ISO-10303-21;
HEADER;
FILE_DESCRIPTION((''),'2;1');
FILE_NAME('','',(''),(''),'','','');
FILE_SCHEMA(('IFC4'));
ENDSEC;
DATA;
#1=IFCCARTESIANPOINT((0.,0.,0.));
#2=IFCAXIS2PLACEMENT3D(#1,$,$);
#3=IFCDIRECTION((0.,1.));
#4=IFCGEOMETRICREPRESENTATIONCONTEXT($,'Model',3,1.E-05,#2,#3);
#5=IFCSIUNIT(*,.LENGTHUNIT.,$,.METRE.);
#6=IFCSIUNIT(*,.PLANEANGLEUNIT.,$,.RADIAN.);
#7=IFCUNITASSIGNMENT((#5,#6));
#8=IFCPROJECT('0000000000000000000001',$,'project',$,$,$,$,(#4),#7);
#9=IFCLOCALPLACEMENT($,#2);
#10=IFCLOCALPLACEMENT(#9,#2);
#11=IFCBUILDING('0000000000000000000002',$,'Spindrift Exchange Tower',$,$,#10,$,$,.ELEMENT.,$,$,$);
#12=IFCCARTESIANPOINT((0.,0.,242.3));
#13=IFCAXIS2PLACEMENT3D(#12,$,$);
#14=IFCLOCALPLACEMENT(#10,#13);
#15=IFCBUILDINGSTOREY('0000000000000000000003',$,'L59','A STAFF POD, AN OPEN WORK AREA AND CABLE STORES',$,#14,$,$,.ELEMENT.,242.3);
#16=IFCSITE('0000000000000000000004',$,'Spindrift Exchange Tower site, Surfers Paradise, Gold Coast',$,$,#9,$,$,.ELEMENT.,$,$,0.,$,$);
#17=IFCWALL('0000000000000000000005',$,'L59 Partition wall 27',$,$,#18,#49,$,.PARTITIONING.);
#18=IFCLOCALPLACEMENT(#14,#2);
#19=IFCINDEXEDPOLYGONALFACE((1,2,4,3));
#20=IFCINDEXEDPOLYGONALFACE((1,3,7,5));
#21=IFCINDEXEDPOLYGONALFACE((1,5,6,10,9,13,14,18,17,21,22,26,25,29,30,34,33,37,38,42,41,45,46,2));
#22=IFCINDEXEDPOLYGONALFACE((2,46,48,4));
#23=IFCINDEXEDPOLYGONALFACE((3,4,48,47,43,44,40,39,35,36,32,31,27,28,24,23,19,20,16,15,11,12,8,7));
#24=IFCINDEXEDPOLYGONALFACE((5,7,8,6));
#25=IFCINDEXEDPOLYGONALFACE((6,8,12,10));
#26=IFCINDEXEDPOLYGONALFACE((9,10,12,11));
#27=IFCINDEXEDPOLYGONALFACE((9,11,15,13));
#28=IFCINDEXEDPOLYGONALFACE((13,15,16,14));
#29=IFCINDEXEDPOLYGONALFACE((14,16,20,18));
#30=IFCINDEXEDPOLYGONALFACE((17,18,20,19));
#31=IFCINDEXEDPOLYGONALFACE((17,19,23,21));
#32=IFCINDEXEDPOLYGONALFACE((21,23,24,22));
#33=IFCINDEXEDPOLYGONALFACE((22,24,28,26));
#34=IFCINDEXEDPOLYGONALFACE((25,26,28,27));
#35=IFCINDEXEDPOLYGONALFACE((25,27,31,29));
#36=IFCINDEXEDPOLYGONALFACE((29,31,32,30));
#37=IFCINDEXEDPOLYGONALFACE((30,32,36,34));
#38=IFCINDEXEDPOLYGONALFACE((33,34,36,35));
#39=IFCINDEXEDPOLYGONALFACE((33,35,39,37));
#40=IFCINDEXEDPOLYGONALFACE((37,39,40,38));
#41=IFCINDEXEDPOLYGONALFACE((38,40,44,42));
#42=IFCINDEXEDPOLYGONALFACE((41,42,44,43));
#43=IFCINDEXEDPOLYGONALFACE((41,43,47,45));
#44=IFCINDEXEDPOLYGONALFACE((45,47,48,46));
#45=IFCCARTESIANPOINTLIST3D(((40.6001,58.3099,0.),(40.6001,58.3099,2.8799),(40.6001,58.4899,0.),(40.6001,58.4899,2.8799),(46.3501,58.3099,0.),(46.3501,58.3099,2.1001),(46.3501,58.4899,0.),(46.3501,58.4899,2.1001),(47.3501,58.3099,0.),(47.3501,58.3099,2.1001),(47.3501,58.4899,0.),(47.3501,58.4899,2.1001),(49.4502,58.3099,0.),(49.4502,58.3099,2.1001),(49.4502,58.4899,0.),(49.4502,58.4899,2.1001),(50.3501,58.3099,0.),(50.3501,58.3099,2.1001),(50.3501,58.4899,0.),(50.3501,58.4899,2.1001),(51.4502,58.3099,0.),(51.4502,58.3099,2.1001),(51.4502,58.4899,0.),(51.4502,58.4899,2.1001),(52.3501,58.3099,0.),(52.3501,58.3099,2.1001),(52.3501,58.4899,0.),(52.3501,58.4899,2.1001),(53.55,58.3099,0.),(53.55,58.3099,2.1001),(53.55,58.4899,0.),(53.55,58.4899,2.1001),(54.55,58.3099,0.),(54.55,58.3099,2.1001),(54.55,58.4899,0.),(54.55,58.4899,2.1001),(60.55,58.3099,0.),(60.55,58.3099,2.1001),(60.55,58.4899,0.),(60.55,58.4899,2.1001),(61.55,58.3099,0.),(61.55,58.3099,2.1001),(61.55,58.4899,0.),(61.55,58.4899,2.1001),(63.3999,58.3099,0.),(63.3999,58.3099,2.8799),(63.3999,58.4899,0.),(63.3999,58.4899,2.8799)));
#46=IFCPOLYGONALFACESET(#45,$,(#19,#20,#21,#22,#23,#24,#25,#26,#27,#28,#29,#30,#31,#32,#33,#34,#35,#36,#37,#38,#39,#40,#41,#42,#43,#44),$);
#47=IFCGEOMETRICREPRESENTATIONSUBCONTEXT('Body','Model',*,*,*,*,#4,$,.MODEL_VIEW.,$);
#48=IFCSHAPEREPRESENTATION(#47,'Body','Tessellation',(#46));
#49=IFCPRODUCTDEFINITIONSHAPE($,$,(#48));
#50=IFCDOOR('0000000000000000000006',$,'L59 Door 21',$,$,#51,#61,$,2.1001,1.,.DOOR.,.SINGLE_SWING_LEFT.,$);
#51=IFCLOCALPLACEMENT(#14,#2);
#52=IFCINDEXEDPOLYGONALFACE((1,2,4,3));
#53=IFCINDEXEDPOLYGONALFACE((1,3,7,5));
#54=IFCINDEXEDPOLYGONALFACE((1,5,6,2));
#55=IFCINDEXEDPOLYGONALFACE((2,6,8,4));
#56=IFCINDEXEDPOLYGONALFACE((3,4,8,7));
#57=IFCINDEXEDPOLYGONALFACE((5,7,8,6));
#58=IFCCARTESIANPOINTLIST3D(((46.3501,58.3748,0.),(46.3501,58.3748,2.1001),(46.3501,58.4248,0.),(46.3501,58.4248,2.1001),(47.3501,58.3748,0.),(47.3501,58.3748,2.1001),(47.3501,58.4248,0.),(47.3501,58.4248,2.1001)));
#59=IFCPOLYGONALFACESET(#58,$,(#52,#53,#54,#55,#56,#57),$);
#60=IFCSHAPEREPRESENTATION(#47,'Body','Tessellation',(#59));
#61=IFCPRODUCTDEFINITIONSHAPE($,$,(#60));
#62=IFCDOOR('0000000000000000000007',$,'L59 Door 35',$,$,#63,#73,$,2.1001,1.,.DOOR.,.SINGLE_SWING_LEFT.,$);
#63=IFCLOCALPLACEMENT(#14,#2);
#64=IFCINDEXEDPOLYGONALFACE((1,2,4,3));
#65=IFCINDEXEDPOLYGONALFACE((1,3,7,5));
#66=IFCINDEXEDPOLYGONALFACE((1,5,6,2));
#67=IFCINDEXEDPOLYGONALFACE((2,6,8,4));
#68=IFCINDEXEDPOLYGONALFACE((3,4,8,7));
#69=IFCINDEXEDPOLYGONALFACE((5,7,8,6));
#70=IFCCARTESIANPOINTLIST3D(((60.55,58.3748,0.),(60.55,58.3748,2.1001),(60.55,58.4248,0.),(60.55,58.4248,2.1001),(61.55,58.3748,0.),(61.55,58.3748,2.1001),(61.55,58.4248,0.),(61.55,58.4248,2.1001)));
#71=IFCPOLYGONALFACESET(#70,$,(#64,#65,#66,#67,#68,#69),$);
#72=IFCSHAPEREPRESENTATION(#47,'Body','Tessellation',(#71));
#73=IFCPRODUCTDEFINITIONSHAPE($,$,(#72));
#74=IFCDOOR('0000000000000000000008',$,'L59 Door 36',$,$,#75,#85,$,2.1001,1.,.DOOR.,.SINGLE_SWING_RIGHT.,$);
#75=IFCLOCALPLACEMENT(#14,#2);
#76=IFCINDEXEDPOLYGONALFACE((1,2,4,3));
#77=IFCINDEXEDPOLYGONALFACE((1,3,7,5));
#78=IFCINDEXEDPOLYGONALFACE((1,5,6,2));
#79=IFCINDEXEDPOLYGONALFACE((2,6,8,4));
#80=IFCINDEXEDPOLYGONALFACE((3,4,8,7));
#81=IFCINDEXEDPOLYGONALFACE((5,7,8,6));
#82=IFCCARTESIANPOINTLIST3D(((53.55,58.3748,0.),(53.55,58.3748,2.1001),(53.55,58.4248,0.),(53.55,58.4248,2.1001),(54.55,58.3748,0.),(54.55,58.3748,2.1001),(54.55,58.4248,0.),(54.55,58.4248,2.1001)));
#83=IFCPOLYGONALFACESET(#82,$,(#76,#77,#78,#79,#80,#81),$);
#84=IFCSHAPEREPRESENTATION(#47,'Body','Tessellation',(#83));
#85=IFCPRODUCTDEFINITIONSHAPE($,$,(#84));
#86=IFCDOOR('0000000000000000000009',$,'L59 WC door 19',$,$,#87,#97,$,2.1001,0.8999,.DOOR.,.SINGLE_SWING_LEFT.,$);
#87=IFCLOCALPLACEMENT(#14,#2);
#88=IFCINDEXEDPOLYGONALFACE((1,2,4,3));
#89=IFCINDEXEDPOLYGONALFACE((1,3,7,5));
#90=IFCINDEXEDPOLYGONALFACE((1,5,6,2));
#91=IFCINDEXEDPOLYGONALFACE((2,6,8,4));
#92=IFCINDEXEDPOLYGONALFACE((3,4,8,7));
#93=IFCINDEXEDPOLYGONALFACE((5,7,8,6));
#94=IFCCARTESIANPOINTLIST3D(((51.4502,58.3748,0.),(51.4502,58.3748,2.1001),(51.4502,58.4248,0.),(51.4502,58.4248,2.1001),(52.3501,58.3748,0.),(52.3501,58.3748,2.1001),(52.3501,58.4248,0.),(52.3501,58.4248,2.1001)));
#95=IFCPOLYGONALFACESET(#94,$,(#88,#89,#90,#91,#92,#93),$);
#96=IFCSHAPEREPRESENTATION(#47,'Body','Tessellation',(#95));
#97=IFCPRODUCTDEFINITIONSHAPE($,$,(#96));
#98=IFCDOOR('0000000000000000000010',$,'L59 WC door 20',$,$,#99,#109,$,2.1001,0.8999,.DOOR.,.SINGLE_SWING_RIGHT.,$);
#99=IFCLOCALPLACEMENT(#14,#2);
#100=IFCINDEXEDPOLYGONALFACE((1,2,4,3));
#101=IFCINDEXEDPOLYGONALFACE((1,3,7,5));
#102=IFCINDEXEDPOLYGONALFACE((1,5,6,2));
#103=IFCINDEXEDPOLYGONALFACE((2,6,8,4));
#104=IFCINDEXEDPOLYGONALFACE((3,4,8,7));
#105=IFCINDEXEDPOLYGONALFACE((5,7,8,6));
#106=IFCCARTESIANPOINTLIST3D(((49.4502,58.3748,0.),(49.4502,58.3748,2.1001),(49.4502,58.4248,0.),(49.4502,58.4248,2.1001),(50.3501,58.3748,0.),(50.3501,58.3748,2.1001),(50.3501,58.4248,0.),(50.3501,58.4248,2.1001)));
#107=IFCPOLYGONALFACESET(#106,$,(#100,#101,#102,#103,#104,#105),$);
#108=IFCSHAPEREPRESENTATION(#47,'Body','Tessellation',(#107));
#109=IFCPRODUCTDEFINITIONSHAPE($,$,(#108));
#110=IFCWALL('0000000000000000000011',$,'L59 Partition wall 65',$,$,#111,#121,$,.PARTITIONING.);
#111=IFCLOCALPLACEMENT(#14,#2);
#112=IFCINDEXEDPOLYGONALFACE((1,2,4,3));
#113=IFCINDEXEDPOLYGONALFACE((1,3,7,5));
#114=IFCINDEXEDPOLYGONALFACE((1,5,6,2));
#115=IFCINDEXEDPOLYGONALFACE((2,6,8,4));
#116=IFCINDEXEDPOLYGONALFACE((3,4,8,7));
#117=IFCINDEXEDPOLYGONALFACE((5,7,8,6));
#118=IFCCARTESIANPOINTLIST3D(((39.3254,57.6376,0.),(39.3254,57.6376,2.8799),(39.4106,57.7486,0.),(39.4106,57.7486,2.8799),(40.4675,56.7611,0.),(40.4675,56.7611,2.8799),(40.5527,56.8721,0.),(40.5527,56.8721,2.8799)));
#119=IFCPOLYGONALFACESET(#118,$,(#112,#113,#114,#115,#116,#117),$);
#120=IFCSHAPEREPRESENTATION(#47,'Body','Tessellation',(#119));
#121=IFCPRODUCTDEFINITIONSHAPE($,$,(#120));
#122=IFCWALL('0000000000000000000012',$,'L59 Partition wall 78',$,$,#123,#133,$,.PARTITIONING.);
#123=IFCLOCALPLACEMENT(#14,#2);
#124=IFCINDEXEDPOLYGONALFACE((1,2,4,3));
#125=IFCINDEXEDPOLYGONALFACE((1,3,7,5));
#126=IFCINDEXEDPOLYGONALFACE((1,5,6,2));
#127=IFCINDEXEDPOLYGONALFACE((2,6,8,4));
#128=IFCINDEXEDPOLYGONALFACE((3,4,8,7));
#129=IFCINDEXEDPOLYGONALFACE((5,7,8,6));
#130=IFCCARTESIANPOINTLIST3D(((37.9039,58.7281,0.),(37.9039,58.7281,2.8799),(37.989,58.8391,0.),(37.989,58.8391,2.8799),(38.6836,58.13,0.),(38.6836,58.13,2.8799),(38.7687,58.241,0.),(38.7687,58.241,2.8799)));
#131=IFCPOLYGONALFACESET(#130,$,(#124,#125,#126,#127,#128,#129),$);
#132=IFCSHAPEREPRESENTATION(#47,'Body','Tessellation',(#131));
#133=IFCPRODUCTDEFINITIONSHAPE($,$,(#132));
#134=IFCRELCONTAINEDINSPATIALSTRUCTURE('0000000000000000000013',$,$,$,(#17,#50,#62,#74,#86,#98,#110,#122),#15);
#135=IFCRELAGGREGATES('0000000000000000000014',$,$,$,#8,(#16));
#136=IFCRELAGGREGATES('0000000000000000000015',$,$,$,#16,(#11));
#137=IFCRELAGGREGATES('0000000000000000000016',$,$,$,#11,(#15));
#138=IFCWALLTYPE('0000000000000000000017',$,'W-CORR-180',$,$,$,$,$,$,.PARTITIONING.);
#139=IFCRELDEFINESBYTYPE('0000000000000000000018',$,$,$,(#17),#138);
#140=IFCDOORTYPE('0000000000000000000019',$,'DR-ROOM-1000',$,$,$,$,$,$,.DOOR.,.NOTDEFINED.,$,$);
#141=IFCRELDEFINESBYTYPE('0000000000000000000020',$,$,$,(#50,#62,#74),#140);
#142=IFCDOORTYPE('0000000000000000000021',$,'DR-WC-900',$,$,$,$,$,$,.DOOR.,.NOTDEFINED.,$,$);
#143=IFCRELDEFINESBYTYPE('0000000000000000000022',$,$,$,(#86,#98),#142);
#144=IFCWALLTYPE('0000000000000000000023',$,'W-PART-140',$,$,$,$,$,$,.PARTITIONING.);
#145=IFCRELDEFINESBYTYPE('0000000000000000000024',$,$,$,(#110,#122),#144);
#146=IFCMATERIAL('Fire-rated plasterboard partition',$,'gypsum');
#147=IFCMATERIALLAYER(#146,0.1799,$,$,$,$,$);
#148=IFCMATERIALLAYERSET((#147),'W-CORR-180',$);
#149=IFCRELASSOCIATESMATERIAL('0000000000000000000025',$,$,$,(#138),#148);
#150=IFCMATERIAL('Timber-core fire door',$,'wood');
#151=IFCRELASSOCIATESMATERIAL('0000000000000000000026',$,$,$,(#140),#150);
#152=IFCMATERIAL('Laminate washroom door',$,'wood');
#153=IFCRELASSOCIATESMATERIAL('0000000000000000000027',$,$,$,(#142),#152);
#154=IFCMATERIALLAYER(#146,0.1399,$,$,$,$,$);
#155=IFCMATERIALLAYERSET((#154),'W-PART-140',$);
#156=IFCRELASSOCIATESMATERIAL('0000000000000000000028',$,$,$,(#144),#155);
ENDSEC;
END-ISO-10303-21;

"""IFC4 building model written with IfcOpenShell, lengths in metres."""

from ifc_helpers import new_model, si_unit, direction, frame, frame_2d, origin, place, context, subcontext, project, spatial, rectangle, extrude, source, transform, mapped, material, layer, layer_set, type_object, element, fill, save


model = new_model("IFC4")

# Units and contexts
model_context = context("Model", 3, precision=1e-05, world=origin(), true_north=direction((0.0, 1.0)))
body_context = subcontext(model_context, "Body", "Model", "MODEL_VIEW")
ifc_project = project(units=[si_unit("LENGTHUNIT", "METRE"), si_unit("PLANEANGLEUNIT", "RADIAN")], contexts=[model_context])

# Site, building, storey
site_placement = place(None, origin())
site = spatial("IfcSite", under=ifc_project, at=site_placement, Name="Spindrift Exchange Tower site, Surfers Paradise, Gold Coast", CompositionType="ELEMENT", RefElevation=0.0)
building_placement = place(site_placement, origin())
building = spatial("IfcBuilding", under=site, at=building_placement, Name="Spindrift Exchange Tower", CompositionType="ELEMENT")
storey_placement = place(building_placement, frame((0.0, 0.0, 242.3)))
storey = spatial("IfcBuildingStorey", under=building, at=storey_placement, Name="L59", Description="A STAFF POD, AN OPEN WORK AREA AND CABLE STORES", CompositionType="ELEMENT", Elevation=242.3)

# Wall, openings, doors
ifc_material_1 = material(Name="Fire-rated plasterboard partition", Category="gypsum")
ifc_layer_1 = layer(ifc_material_1, 0.1799)
ifc_layer_set_1 = layer_set([ifc_layer_1], Name="W-CORR-180")
wall_type_1 = type_object("IfcWallType", Name="W-CORR-180", PredefinedType="PARTITIONING", material=ifc_layer_set_1)
wall_1_placement = place(storey_placement, frame((40.6001, 58.3999, 0.0), z_axis=(0.0, 0.0, 1.0), x_axis=(1.0, 0.0, 0.0)))
wall_1 = element("IfcWall", 1, at=wall_1_placement, inside=storey, type_object=wall_type_1, Name="L59 Partition wall 27", PredefinedType="PARTITIONING", context=body_context, shape_type="SweptSolid", body=[
    extrude(rectangle(XDim=22.7998, YDim=0.1799, at=frame_2d((11.3999, 0.0))), origin(), (0.0, 0.0, 1.0), 2.8799),
])
opening_1_placement = place(wall_1_placement, frame((10.8501, 0.0, 0.0)))
opening_1 = element("IfcOpeningElement", 2, at=opening_1_placement, cuts=wall_1, PredefinedType="OPENING", context=body_context, shape_type="SweptSolid", body=[
    extrude(rectangle(XDim=0.8999, YDim=2.1001, at=frame_2d((0.45, 1.05))), frame((0.0, 0.0999, 0.0), z_axis=(0.0, -1.0, 0.0), x_axis=(1.0, 0.0, 0.0)), (0.0, 0.0, 1.0), 0.2),
])
opening_2_placement = place(wall_1_placement, frame((8.8501, 0.0, 0.0)))
opening_2 = element("IfcOpeningElement", 3, at=opening_2_placement, cuts=wall_1, PredefinedType="OPENING", context=body_context, shape_type="SweptSolid", body=[
    extrude(rectangle(XDim=0.8999, YDim=2.1001, at=frame_2d((0.45, 1.05))), frame((0.0, 0.0999, 0.0), z_axis=(0.0, -1.0, 0.0), x_axis=(1.0, 0.0, 0.0)), (0.0, 0.0, 1.0), 0.2),
])
opening_3_placement = place(wall_1_placement, frame((5.75, 0.0, 0.0)))
opening_3 = element("IfcOpeningElement", 4, at=opening_3_placement, cuts=wall_1, PredefinedType="OPENING", context=body_context, shape_type="SweptSolid", body=[
    extrude(rectangle(XDim=1.0, YDim=2.1001, at=frame_2d((0.5, 1.05))), frame((0.0, 0.0999, 0.0), z_axis=(0.0, -1.0, 0.0), x_axis=(1.0, 0.0, 0.0)), (0.0, 0.0, 1.0), 0.2),
])
opening_4_placement = place(wall_1_placement, frame((19.95, 0.0, 0.0)))
opening_4 = element("IfcOpeningElement", 5, at=opening_4_placement, cuts=wall_1, PredefinedType="OPENING", context=body_context, shape_type="SweptSolid", body=[
    extrude(rectangle(XDim=1.0, YDim=2.1001, at=frame_2d((0.5, 1.05))), frame((0.0, 0.0999, 0.0), z_axis=(0.0, -1.0, 0.0), x_axis=(1.0, 0.0, 0.0)), (0.0, 0.0, 1.0), 0.2),
])
opening_5_placement = place(wall_1_placement, frame((12.95, 0.0, 0.0)))
opening_5 = element("IfcOpeningElement", 6, at=opening_5_placement, cuts=wall_1, PredefinedType="OPENING", context=body_context, shape_type="SweptSolid", body=[
    extrude(rectangle(XDim=1.0, YDim=2.1001, at=frame_2d((0.5, 1.05))), frame((0.0, 0.0999, 0.0), z_axis=(0.0, -1.0, 0.0), x_axis=(1.0, 0.0, 0.0)), (0.0, 0.0, 1.0), 0.2),
])
ifc_material_2 = material(Name="Timber-core fire door", Category="wood")
door_type_1 = type_object("IfcDoorType", Name="DR-ROOM-1000", OperationType="NOTDEFINED", PredefinedType="DOOR", material=ifc_material_2)
shared_shape_1 = source(origin(), body_context, "Body", "SweptSolid", [
    extrude(rectangle(XDim=1.0, YDim=2.1001, at=frame_2d((0.5, 1.05))), frame((0.0, 0.0249, 0.0), z_axis=(0.0, -1.0, 0.0), x_axis=(1.0, 0.0, 0.0)), (0.0, 0.0, 1.0), 0.05),
])
door_1_placement = place(opening_3_placement, origin())
door_1 = element("IfcDoor", 7, at=door_1_placement, inside=storey, type_object=door_type_1, Name="L59 Door 21", OperationType="SINGLE_SWING_LEFT", OverallHeight=2.1001, OverallWidth=1.0, PredefinedType="DOOR", context=body_context, shape_type="MappedRepresentation", body=[
    mapped(shared_shape_1, transform((0.0, 0.0, 0.0), scale=1.0)),
])
fill(opening_3, door_1)
door_2_placement = place(opening_4_placement, origin())
door_2 = element("IfcDoor", 8, at=door_2_placement, inside=storey, type_object=door_type_1, Name="L59 Door 35", OperationType="SINGLE_SWING_LEFT", OverallHeight=2.1001, OverallWidth=1.0, PredefinedType="DOOR", context=body_context, shape_type="MappedRepresentation", body=[
    mapped(shared_shape_1, transform((0.0, 0.0, 0.0), scale=1.0)),
])
fill(opening_4, door_2)
door_3_placement = place(opening_5_placement, origin())
door_3 = element("IfcDoor", 9, at=door_3_placement, inside=storey, type_object=door_type_1, Name="L59 Door 36", OperationType="SINGLE_SWING_RIGHT", OverallHeight=2.1001, OverallWidth=1.0, PredefinedType="DOOR", context=body_context, shape_type="MappedRepresentation", body=[
    mapped(shared_shape_1, transform((0.0, 0.0, 0.0), scale=1.0)),
])
fill(opening_5, door_3)
ifc_material_3 = material(Name="Laminate washroom door", Category="wood")
door_type_2 = type_object("IfcDoorType", Name="DR-WC-900", OperationType="NOTDEFINED", PredefinedType="DOOR", material=ifc_material_3)
shared_shape_2 = source(origin(), body_context, "Body", "SweptSolid", [
    extrude(rectangle(XDim=0.8999, YDim=2.1001, at=frame_2d((0.45, 1.05))), frame((0.0, 0.0249, 0.0), z_axis=(0.0, -1.0, 0.0), x_axis=(1.0, 0.0, 0.0)), (0.0, 0.0, 1.0), 0.05),
])
door_4_placement = place(opening_1_placement, origin())
door_4 = element("IfcDoor", 10, at=door_4_placement, inside=storey, type_object=door_type_2, Name="L59 WC door 19", OperationType="SINGLE_SWING_LEFT", OverallHeight=2.1001, OverallWidth=0.8999, PredefinedType="DOOR", context=body_context, shape_type="MappedRepresentation", body=[
    mapped(shared_shape_2, transform((0.0, 0.0, 0.0), scale=1.0)),
])
fill(opening_1, door_4)
door_5_placement = place(opening_2_placement, origin())
door_5 = element("IfcDoor", 11, at=door_5_placement, inside=storey, type_object=door_type_2, Name="L59 WC door 20", OperationType="SINGLE_SWING_RIGHT", OverallHeight=2.1001, OverallWidth=0.8999, PredefinedType="DOOR", context=body_context, shape_type="MappedRepresentation", body=[
    mapped(shared_shape_2, transform((0.0, 0.0, 0.0), scale=1.0)),
])
fill(opening_2, door_5)

# Walls
ifc_layer_2 = layer(ifc_material_1, 0.1399)
ifc_layer_set_2 = layer_set([ifc_layer_2], Name="W-PART-140")
wall_type_2 = type_object("IfcWallType", Name="W-PART-140", PredefinedType="PARTITIONING", material=ifc_layer_set_2)
wall_2_placement = place(storey_placement, frame((40.51, 56.8167, 0.0), z_axis=(0.0, 0.0, 1.0), x_axis=(-0.793317, 0.608809, 0.0)))
element("IfcWall", 12, at=wall_2_placement, inside=storey, type_object=wall_type_2, Name="L59 Partition wall 65", PredefinedType="PARTITIONING", context=body_context, shape_type="SweptSolid", body=[
    extrude(rectangle(XDim=1.4397, YDim=0.1399, at=frame_2d((0.7197, 0.0))), origin(), (0.0, 0.0, 1.0), 2.8799),
])
wall_3_placement = place(storey_placement, frame((38.7261, 58.1855, 0.0), z_axis=(0.0, 0.0, 1.0), x_axis=(-0.793454, 0.60863, 0.0)))
element("IfcWall", 13, at=wall_3_placement, inside=storey, type_object=wall_type_2, Name="L59 Partition wall 78", PredefinedType="PARTITIONING", context=body_context, shape_type="SweptSolid", body=[
    extrude(rectangle(XDim=0.9827, YDim=0.1399, at=frame_2d((0.4912, 0.0))), origin(), (0.0, 0.0, 1.0), 2.8799),
])

save(model, "model.ifc")
